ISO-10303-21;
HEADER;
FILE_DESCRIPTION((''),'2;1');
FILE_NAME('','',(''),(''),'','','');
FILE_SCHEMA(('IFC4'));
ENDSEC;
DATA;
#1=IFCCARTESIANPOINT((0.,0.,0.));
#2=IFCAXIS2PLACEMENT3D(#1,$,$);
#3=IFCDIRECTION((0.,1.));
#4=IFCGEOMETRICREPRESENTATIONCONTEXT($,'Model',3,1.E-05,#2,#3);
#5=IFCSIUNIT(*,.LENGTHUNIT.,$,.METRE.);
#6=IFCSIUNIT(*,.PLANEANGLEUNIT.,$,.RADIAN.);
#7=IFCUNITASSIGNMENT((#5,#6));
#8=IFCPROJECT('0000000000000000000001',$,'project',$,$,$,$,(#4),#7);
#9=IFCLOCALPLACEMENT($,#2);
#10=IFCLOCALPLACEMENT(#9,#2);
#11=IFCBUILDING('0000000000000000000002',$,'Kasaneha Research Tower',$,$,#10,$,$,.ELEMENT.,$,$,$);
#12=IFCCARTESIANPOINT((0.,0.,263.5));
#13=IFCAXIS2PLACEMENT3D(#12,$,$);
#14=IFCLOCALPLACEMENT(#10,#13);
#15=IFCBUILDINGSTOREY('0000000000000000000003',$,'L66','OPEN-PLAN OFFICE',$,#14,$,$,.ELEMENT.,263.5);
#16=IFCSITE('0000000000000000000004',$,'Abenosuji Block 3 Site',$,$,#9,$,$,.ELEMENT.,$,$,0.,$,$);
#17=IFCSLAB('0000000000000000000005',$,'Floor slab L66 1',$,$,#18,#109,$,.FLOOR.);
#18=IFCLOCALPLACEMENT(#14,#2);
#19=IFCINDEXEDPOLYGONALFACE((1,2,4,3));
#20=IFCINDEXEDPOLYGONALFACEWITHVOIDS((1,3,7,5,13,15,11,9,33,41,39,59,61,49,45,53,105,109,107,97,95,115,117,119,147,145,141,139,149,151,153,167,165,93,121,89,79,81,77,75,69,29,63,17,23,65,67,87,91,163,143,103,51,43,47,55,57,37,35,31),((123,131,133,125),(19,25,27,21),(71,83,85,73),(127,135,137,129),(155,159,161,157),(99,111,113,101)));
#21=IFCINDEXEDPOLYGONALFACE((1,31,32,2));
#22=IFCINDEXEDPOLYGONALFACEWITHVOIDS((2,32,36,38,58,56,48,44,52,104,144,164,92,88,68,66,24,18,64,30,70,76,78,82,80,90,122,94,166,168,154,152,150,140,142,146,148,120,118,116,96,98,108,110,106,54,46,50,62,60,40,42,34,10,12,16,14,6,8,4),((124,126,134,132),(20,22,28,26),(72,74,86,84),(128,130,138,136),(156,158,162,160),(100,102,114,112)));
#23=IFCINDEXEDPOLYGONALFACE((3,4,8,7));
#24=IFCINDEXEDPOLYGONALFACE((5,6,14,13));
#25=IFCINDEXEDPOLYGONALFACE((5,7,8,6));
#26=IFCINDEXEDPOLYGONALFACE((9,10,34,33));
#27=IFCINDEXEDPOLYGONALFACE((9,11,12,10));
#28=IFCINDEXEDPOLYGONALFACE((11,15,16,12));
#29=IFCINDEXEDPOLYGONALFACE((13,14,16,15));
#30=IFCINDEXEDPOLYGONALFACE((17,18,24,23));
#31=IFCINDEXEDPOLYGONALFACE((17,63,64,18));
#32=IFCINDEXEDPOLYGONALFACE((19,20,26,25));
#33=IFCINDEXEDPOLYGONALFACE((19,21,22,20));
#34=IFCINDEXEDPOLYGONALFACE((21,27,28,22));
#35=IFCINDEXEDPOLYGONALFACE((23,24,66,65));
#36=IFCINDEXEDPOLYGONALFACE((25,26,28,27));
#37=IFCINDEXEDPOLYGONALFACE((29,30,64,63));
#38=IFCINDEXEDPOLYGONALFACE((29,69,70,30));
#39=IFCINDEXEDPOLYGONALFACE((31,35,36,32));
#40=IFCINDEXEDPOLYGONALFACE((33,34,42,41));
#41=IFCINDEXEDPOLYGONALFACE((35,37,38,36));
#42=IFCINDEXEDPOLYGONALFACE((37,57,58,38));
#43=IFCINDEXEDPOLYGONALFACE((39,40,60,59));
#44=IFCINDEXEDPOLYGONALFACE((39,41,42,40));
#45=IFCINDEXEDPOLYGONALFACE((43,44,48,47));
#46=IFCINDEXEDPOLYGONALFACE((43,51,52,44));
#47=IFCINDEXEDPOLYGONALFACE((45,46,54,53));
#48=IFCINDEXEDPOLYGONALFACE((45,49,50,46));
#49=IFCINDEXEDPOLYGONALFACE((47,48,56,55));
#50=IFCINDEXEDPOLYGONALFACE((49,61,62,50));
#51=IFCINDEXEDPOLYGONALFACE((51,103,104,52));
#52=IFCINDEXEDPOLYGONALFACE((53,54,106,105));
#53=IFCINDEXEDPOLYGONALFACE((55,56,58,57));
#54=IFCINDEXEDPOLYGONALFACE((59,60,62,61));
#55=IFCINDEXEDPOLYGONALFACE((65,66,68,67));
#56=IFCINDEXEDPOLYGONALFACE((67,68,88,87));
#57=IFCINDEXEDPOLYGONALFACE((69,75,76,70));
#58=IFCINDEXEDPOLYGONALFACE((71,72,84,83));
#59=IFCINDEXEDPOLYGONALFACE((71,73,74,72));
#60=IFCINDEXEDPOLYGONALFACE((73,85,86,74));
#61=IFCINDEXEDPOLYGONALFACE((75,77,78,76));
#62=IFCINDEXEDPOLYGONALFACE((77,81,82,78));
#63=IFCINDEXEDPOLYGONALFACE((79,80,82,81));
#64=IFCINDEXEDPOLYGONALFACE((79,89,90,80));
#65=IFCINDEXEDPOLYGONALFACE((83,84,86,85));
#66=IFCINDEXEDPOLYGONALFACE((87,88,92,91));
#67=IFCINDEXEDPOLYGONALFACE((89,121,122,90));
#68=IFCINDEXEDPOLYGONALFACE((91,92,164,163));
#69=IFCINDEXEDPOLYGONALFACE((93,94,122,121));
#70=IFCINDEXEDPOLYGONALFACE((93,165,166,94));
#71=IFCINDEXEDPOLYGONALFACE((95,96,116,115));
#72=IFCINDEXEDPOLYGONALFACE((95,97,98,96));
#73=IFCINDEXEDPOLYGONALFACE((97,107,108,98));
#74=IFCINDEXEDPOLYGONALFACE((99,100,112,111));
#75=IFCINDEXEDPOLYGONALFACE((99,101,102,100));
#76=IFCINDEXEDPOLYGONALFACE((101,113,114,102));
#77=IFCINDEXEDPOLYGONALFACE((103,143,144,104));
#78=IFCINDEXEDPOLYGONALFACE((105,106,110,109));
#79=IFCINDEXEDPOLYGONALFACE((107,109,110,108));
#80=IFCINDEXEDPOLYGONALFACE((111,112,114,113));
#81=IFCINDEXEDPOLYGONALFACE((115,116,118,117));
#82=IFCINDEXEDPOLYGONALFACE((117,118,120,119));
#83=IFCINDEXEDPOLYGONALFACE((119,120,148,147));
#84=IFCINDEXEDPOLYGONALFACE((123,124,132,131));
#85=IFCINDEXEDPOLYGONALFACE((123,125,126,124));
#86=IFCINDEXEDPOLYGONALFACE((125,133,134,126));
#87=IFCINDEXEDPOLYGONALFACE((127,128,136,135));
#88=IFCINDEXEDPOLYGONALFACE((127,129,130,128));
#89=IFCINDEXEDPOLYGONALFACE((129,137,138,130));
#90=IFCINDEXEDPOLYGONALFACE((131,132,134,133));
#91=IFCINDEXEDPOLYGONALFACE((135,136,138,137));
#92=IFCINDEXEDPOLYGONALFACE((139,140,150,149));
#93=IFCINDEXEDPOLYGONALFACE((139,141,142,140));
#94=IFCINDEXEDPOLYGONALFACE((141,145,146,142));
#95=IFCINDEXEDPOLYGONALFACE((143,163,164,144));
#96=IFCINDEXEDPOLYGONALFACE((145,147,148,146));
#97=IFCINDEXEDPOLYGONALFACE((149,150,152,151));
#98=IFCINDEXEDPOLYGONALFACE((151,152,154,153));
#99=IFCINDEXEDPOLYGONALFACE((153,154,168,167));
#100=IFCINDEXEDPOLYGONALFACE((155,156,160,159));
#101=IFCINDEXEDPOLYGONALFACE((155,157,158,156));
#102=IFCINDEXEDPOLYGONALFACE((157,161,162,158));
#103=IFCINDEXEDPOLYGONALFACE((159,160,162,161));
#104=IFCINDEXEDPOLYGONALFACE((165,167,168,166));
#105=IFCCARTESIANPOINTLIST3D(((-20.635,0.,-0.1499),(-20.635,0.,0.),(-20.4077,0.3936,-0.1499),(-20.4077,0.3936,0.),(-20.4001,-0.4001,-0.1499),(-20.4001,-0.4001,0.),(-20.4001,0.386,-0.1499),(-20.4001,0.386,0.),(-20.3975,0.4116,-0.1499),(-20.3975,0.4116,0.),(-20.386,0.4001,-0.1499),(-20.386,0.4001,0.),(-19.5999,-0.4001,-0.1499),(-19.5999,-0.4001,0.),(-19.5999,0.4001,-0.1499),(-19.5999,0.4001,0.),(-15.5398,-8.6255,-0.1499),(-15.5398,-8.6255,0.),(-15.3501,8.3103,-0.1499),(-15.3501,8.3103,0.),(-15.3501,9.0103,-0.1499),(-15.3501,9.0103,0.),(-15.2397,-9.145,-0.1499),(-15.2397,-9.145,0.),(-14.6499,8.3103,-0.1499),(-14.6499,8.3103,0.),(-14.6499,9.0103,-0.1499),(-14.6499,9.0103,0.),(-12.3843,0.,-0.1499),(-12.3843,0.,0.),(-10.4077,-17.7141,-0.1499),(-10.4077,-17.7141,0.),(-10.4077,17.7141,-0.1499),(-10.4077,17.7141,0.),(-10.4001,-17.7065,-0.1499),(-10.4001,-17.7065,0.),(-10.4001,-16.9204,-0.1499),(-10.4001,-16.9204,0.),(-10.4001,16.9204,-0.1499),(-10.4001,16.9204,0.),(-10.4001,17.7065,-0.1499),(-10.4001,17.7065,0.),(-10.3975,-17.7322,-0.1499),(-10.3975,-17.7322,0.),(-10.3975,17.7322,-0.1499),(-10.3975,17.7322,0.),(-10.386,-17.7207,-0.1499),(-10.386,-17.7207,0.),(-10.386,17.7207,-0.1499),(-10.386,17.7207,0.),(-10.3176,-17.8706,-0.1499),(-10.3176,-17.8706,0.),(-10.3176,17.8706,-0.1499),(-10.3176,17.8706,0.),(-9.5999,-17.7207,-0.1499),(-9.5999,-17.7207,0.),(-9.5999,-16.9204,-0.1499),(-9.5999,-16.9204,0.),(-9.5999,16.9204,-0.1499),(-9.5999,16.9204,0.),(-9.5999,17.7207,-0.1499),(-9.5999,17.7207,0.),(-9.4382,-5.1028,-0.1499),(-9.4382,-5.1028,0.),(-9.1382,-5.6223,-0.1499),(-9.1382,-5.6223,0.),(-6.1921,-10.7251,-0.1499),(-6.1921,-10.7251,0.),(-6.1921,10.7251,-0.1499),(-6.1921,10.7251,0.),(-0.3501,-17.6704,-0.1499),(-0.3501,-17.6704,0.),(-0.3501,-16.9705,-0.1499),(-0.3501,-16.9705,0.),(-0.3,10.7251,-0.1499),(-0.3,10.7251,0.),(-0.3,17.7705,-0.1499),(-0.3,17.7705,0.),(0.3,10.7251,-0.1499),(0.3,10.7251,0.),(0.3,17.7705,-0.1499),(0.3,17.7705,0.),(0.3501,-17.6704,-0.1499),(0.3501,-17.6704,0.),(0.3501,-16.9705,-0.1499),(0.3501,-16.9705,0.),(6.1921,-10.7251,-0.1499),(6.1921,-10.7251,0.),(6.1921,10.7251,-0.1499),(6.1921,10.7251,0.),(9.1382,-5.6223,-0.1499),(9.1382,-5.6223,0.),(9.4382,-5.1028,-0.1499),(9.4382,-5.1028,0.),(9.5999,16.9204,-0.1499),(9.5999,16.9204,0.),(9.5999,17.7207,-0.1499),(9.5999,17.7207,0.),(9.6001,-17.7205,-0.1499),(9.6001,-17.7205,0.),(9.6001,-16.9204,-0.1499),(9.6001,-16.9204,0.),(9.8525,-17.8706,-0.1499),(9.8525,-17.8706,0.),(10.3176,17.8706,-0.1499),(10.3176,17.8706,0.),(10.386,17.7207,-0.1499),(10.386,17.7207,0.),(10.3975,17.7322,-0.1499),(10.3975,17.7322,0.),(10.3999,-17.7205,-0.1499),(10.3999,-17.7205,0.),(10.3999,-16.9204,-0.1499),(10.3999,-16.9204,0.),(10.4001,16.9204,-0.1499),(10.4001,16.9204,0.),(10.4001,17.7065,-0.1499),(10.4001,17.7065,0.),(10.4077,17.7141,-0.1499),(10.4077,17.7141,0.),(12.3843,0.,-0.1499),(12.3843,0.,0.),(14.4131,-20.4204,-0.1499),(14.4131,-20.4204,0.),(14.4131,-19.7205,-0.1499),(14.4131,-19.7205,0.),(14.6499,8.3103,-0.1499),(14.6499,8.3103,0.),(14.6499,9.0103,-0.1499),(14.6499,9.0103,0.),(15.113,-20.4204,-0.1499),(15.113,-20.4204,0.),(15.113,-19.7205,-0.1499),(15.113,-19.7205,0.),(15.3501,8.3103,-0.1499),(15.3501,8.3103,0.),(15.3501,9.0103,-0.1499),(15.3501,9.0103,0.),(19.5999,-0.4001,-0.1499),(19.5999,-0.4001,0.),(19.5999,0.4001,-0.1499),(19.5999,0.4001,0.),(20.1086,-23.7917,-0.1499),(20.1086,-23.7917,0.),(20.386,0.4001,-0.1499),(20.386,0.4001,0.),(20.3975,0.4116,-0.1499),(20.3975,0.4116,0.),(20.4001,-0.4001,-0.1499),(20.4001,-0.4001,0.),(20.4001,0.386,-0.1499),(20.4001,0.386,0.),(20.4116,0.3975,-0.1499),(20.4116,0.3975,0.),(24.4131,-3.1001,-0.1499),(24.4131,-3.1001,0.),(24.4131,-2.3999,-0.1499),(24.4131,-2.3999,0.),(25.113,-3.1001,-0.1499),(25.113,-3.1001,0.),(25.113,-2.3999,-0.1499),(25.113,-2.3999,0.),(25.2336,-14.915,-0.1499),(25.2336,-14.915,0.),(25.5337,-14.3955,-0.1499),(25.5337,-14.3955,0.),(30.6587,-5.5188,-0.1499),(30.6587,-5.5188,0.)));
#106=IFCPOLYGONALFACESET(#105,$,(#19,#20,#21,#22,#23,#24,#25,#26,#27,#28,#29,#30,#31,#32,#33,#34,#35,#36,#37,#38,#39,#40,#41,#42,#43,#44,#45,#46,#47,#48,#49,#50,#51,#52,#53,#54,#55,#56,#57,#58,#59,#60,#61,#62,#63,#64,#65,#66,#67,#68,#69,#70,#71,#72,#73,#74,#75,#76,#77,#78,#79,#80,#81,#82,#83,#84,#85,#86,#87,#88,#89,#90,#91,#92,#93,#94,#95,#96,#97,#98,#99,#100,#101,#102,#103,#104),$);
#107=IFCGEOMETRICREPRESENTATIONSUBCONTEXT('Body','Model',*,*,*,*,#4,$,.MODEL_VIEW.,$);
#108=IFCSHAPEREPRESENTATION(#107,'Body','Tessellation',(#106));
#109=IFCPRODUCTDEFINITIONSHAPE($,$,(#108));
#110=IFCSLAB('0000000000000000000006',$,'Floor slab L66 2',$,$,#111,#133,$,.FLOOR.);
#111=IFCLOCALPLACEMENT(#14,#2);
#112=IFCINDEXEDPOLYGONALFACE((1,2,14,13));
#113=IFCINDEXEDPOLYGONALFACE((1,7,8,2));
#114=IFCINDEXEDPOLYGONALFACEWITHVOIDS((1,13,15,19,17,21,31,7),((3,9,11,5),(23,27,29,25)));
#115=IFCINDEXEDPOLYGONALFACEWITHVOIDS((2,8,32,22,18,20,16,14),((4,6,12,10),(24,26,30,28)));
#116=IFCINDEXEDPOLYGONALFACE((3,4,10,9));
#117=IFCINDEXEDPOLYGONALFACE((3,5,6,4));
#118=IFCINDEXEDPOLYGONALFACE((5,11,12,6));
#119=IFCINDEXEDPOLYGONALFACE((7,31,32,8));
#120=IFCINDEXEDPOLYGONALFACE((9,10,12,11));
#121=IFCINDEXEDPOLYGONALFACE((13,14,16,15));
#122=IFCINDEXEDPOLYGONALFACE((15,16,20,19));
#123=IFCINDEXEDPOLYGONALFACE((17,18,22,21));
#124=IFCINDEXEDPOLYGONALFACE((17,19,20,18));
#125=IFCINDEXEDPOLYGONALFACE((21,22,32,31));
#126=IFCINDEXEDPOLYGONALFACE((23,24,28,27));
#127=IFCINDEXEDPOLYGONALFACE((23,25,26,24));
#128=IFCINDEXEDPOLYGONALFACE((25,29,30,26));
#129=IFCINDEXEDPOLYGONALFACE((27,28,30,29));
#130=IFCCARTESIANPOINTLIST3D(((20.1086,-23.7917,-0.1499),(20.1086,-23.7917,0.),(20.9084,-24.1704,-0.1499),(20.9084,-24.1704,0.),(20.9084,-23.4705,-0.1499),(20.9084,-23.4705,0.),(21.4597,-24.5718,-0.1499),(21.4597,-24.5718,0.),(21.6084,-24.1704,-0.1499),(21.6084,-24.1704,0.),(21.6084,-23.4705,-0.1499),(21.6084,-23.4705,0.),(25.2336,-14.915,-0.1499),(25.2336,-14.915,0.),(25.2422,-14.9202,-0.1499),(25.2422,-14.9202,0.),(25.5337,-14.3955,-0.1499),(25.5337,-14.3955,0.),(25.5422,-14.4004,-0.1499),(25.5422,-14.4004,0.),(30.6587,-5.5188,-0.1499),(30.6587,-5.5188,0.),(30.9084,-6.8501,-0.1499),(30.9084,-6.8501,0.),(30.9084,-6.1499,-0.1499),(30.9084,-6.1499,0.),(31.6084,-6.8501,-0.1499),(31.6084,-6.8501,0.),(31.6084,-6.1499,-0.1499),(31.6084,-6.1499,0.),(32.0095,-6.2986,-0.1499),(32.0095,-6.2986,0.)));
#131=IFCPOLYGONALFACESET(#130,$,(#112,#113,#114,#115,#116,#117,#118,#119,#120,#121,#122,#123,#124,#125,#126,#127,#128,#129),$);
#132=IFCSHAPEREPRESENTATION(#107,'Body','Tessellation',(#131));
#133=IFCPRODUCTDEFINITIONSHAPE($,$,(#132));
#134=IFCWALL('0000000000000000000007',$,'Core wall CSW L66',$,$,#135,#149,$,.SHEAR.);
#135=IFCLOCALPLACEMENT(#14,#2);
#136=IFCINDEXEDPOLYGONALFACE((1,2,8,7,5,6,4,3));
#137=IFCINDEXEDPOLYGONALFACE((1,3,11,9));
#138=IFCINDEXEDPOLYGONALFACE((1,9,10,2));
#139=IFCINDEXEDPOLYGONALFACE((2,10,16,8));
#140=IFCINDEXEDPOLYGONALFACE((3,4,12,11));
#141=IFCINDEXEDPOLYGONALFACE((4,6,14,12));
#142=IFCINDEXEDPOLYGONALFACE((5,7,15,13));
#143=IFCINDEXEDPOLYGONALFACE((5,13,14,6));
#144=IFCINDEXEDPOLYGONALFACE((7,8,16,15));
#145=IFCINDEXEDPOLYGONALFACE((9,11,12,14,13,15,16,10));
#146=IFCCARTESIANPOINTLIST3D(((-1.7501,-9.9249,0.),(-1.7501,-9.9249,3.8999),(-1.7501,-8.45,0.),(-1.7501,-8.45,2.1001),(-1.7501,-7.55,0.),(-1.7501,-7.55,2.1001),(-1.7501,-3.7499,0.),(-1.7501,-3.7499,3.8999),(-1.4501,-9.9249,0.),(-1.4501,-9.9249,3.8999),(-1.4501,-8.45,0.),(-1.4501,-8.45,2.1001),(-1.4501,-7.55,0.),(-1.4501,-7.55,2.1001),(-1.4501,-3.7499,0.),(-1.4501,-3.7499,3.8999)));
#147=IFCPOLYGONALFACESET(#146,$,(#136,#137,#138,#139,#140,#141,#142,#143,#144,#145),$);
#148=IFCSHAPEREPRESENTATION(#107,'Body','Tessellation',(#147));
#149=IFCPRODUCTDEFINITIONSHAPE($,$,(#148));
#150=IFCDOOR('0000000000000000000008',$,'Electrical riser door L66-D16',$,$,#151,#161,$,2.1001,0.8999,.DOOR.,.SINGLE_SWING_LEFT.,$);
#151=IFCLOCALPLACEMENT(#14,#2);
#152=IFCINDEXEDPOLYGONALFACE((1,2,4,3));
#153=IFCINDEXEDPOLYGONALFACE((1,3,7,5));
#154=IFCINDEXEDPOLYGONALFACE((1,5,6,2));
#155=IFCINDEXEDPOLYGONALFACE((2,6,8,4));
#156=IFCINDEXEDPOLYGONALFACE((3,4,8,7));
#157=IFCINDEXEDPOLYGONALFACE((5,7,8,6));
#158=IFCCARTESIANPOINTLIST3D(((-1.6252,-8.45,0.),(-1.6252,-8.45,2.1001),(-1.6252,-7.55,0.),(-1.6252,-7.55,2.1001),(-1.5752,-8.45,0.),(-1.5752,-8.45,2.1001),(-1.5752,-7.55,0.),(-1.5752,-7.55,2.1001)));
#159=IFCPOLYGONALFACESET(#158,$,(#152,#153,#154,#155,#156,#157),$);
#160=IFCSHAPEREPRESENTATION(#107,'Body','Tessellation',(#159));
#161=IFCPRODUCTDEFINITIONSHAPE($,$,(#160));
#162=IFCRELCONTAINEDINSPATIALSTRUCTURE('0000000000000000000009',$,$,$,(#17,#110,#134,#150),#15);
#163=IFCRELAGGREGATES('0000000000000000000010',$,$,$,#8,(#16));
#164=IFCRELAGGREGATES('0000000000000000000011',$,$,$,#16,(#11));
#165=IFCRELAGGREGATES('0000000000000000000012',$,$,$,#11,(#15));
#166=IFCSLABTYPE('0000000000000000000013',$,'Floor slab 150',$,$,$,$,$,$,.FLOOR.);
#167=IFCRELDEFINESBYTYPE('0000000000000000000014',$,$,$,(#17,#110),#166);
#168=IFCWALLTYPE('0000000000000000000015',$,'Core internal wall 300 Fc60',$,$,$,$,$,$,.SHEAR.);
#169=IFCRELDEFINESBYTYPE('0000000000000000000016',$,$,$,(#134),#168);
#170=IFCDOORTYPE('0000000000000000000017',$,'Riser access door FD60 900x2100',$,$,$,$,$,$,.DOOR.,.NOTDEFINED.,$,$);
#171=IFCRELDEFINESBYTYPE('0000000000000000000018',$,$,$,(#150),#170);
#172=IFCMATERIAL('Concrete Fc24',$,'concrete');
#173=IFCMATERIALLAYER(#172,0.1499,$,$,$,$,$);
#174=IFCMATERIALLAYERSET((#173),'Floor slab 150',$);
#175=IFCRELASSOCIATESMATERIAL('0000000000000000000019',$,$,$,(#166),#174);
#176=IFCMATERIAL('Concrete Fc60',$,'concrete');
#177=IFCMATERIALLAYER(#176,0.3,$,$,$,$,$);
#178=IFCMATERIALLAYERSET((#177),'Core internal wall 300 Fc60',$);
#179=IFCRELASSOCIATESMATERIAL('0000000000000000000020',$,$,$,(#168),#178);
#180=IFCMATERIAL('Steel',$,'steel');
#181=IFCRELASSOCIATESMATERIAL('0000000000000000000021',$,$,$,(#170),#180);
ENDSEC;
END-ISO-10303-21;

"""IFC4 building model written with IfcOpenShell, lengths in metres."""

from ifc_helpers import new_model, si_unit, direction, frame, frame_2d, origin, place, context, subcontext, project, spatial, polyline, rectangle, outline, extrude, material, layer, layer_set, type_object, element, fill, save


model = new_model("IFC4")

# Units and contexts
model_context = context("Model", 3, precision=1e-05, world=origin(), true_north=direction((0.0, 1.0)))
body_context = subcontext(model_context, "Body", "Model", "MODEL_VIEW")
ifc_project = project(units=[si_unit("LENGTHUNIT", "METRE"), si_unit("PLANEANGLEUNIT", "RADIAN")], contexts=[model_context])

# Site, building, storey
site_placement = place(None, origin())
site = spatial("IfcSite", under=ifc_project, at=site_placement, Name="Abenosuji Block 3 Site", CompositionType="ELEMENT", RefElevation=0.0)
building_placement = place(site_placement, origin())
building = spatial("IfcBuilding", under=site, at=building_placement, Name="Kasaneha Research Tower", CompositionType="ELEMENT")
storey_placement = place(building_placement, frame((0.0, 0.0, 263.5)))
storey = spatial("IfcBuildingStorey", under=building, at=storey_placement, Name="L66", Description="OPEN-PLAN OFFICE", CompositionType="ELEMENT", Elevation=263.5)

# Slabs
ifc_material_1 = material(Name="Concrete Fc24", Category="concrete")
ifc_layer_1 = layer(ifc_material_1, 0.1499)
ifc_layer_set_1 = layer_set([ifc_layer_1], Name="Floor slab 150")
slab_type_1 = type_object("IfcSlabType", Name="Floor slab 150", PredefinedType="FLOOR", material=ifc_layer_set_1)
slab_1_placement = place(storey_placement, frame((0.0, 0.0, -0.1499)))
element("IfcSlab", 1, at=slab_1_placement, inside=storey, type_object=slab_type_1, Name="Floor slab L66 1", PredefinedType="FLOOR", context=body_context, shape_type="SweptSolid", body=[
    extrude(outline(polyline([(-10.3176, -17.8706), (-10.3975, -17.7322), (-10.386, -17.7207), (-9.5999, -17.7207), (-9.5999, -16.9204), (-10.4001, -16.9204), (-10.4001, -17.7065), (-10.4077, -17.7141), (-20.635, 0.0), (-20.4077, 0.3936), (-20.4001, 0.386), (-20.4001, -0.4001), (-19.5999, -0.4001), (-19.5999, 0.4001), (-20.386, 0.4001), (-20.3975, 0.4116), (-10.4077, 17.7141), (-10.4001, 17.7065), (-10.4001, 16.9204), (-9.5999, 16.9204), (-9.5999, 17.7207), (-10.386, 17.7207), (-10.3975, 17.7322), (-10.3176, 17.8706), (10.3176, 17.8706), (10.3975, 17.7322), (10.386, 17.7207), (9.5999, 17.7207), (9.5999, 16.9204), (10.4001, 16.9204), (10.4001, 17.7065), (10.4077, 17.7141), (20.3975, 0.4116), (20.386, 0.4001), (19.5999, 0.4001), (19.5999, -0.4001), (20.4001, -0.4001), (20.4001, 0.386), (20.4116, 0.3975), (30.6587, -5.5188), (25.5337, -14.3955), (9.4382, -5.1028), (12.3843, 0.0), (6.1921, 10.7251), (0.3, 10.7251), (0.3, 17.7705), (-0.3, 17.7705), (-0.3, 10.7251), (-6.1921, 10.7251), (-12.3843, 0.0), (-9.4382, -5.1028), (-15.5398, -8.6255), (-15.2397, -9.145), (-9.1382, -5.6223), (-6.1921, -10.7251), (6.1921, -10.7251), (9.1382, -5.6223), (25.2336, -14.915), (20.1086, -23.7917), (9.8525, -17.8706), (-10.3176, -17.8706)]), holes=[polyline([(-0.3501, -17.6704), (0.3501, -17.6704), (0.3501, -16.9705), (-0.3501, -16.9705), (-0.3501, -17.6704)]), polyline([(-15.3501, 8.3103), (-14.6499, 8.3103), (-14.6499, 9.0103), (-15.3501, 9.0103), (-15.3501, 8.3103)]), polyline([(14.4131, -20.4204), (15.113, -20.4204), (15.113, -19.7205), (14.4131, -19.7205), (14.4131, -20.4204)]), polyline([(9.6001, -17.7205), (10.3999, -17.7205), (10.3999, -16.9204), (9.6001, -16.9204), (9.6001, -17.7205)]), polyline([(24.4131, -3.1001), (25.113, -3.1001), (25.113, -2.3999), (24.4131, -2.3999), (24.4131, -3.1001)]), polyline([(14.6499, 9.0103), (14.6499, 8.3103), (15.3501, 8.3103), (15.3501, 9.0103), (14.6499, 9.0103)])]), origin(), (0.0, 0.0, 1.0), 0.1499),
])
slab_2_placement = place(storey_placement, frame((0.0, 0.0, -0.1499)))
element("IfcSlab", 2, at=slab_2_placement, inside=storey, type_object=slab_type_1, Name="Floor slab L66 2", PredefinedType="FLOOR", context=body_context, shape_type="SweptSolid", body=[
    extrude(outline(polyline([(32.0095, -6.2986), (21.4597, -24.5718), (20.1086, -23.7917), (25.2336, -14.915), (25.2422, -14.9202), (25.5422, -14.4004), (25.5337, -14.3955), (30.6587, -5.5188), (32.0095, -6.2986)]), holes=[polyline([(20.9084, -24.1704), (21.6084, -24.1704), (21.6084, -23.4705), (20.9084, -23.4705), (20.9084, -24.1704)]), polyline([(30.9084, -6.8501), (31.6084, -6.8501), (31.6084, -6.1499), (30.9084, -6.1499), (30.9084, -6.8501)])]), origin(), (0.0, 0.0, 1.0), 0.1499),
])

# Wall, opening, door
ifc_material_2 = material(Name="Concrete Fc60", Category="concrete")
ifc_layer_2 = layer(ifc_material_2, 0.3)
ifc_layer_set_2 = layer_set([ifc_layer_2], Name="Core internal wall 300 Fc60")
wall_type_1 = type_object("IfcWallType", Name="Core internal wall 300 Fc60", PredefinedType="SHEAR", material=ifc_layer_set_2)
wall_1_placement = place(storey_placement, frame((-1.6001, -3.75, 0.0), z_axis=(0.0, 0.0, 1.0), x_axis=(0.0, -1.0, 0.0)))
wall_1 = element("IfcWall", 3, at=wall_1_placement, inside=storey, type_object=wall_type_1, Name="Core wall CSW L66", PredefinedType="SHEAR", context=body_context, shape_type="SweptSolid", body=[
    extrude(rectangle(XDim=6.175, YDim=0.3, at=frame_2d((3.0874, 0.0))), origin(), (0.0, 0.0, 1.0), 3.8999),
])
opening_1_placement = place(wall_1_placement, frame((3.8, 0.0, 0.0)))
opening_1 = element("IfcOpeningElement", 4, at=opening_1_placement, cuts=wall_1, PredefinedType="OPENING", context=body_context, shape_type="SweptSolid", body=[
    extrude(rectangle(XDim=0.8999, YDim=2.1001, at=frame_2d((0.45, 1.05))), frame((0.0, 0.1602, 0.0), z_axis=(0.0, -1.0, 0.0), x_axis=(1.0, 0.0, 0.0)), (0.0, 0.0, 1.0), 0.3201),
])
ifc_material_3 = material(Name="Steel", Category="steel")
door_type_1 = type_object("IfcDoorType", Name="Riser access door FD60 900x2100", OperationType="NOTDEFINED", PredefinedType="DOOR", material=ifc_material_3)
door_1_placement = place(opening_1_placement, origin())
door_1 = element("IfcDoor", 5, at=door_1_placement, inside=storey, type_object=door_type_1, Name="Electrical riser door L66-D16", OperationType="SINGLE_SWING_LEFT", OverallHeight=2.1001, OverallWidth=0.8999, PredefinedType="DOOR", context=body_context, shape_type="SweptSolid", body=[
    extrude(rectangle(XDim=0.8999, YDim=2.1001, at=frame_2d((0.45, 1.05))), frame((0.0, 0.0249, 0.0), z_axis=(0.0, -1.0, 0.0), x_axis=(1.0, 0.0, 0.0)), (0.0, 0.0, 1.0), 0.05),
])
fill(opening_1, door_1)

save(model, "model.ifc")
